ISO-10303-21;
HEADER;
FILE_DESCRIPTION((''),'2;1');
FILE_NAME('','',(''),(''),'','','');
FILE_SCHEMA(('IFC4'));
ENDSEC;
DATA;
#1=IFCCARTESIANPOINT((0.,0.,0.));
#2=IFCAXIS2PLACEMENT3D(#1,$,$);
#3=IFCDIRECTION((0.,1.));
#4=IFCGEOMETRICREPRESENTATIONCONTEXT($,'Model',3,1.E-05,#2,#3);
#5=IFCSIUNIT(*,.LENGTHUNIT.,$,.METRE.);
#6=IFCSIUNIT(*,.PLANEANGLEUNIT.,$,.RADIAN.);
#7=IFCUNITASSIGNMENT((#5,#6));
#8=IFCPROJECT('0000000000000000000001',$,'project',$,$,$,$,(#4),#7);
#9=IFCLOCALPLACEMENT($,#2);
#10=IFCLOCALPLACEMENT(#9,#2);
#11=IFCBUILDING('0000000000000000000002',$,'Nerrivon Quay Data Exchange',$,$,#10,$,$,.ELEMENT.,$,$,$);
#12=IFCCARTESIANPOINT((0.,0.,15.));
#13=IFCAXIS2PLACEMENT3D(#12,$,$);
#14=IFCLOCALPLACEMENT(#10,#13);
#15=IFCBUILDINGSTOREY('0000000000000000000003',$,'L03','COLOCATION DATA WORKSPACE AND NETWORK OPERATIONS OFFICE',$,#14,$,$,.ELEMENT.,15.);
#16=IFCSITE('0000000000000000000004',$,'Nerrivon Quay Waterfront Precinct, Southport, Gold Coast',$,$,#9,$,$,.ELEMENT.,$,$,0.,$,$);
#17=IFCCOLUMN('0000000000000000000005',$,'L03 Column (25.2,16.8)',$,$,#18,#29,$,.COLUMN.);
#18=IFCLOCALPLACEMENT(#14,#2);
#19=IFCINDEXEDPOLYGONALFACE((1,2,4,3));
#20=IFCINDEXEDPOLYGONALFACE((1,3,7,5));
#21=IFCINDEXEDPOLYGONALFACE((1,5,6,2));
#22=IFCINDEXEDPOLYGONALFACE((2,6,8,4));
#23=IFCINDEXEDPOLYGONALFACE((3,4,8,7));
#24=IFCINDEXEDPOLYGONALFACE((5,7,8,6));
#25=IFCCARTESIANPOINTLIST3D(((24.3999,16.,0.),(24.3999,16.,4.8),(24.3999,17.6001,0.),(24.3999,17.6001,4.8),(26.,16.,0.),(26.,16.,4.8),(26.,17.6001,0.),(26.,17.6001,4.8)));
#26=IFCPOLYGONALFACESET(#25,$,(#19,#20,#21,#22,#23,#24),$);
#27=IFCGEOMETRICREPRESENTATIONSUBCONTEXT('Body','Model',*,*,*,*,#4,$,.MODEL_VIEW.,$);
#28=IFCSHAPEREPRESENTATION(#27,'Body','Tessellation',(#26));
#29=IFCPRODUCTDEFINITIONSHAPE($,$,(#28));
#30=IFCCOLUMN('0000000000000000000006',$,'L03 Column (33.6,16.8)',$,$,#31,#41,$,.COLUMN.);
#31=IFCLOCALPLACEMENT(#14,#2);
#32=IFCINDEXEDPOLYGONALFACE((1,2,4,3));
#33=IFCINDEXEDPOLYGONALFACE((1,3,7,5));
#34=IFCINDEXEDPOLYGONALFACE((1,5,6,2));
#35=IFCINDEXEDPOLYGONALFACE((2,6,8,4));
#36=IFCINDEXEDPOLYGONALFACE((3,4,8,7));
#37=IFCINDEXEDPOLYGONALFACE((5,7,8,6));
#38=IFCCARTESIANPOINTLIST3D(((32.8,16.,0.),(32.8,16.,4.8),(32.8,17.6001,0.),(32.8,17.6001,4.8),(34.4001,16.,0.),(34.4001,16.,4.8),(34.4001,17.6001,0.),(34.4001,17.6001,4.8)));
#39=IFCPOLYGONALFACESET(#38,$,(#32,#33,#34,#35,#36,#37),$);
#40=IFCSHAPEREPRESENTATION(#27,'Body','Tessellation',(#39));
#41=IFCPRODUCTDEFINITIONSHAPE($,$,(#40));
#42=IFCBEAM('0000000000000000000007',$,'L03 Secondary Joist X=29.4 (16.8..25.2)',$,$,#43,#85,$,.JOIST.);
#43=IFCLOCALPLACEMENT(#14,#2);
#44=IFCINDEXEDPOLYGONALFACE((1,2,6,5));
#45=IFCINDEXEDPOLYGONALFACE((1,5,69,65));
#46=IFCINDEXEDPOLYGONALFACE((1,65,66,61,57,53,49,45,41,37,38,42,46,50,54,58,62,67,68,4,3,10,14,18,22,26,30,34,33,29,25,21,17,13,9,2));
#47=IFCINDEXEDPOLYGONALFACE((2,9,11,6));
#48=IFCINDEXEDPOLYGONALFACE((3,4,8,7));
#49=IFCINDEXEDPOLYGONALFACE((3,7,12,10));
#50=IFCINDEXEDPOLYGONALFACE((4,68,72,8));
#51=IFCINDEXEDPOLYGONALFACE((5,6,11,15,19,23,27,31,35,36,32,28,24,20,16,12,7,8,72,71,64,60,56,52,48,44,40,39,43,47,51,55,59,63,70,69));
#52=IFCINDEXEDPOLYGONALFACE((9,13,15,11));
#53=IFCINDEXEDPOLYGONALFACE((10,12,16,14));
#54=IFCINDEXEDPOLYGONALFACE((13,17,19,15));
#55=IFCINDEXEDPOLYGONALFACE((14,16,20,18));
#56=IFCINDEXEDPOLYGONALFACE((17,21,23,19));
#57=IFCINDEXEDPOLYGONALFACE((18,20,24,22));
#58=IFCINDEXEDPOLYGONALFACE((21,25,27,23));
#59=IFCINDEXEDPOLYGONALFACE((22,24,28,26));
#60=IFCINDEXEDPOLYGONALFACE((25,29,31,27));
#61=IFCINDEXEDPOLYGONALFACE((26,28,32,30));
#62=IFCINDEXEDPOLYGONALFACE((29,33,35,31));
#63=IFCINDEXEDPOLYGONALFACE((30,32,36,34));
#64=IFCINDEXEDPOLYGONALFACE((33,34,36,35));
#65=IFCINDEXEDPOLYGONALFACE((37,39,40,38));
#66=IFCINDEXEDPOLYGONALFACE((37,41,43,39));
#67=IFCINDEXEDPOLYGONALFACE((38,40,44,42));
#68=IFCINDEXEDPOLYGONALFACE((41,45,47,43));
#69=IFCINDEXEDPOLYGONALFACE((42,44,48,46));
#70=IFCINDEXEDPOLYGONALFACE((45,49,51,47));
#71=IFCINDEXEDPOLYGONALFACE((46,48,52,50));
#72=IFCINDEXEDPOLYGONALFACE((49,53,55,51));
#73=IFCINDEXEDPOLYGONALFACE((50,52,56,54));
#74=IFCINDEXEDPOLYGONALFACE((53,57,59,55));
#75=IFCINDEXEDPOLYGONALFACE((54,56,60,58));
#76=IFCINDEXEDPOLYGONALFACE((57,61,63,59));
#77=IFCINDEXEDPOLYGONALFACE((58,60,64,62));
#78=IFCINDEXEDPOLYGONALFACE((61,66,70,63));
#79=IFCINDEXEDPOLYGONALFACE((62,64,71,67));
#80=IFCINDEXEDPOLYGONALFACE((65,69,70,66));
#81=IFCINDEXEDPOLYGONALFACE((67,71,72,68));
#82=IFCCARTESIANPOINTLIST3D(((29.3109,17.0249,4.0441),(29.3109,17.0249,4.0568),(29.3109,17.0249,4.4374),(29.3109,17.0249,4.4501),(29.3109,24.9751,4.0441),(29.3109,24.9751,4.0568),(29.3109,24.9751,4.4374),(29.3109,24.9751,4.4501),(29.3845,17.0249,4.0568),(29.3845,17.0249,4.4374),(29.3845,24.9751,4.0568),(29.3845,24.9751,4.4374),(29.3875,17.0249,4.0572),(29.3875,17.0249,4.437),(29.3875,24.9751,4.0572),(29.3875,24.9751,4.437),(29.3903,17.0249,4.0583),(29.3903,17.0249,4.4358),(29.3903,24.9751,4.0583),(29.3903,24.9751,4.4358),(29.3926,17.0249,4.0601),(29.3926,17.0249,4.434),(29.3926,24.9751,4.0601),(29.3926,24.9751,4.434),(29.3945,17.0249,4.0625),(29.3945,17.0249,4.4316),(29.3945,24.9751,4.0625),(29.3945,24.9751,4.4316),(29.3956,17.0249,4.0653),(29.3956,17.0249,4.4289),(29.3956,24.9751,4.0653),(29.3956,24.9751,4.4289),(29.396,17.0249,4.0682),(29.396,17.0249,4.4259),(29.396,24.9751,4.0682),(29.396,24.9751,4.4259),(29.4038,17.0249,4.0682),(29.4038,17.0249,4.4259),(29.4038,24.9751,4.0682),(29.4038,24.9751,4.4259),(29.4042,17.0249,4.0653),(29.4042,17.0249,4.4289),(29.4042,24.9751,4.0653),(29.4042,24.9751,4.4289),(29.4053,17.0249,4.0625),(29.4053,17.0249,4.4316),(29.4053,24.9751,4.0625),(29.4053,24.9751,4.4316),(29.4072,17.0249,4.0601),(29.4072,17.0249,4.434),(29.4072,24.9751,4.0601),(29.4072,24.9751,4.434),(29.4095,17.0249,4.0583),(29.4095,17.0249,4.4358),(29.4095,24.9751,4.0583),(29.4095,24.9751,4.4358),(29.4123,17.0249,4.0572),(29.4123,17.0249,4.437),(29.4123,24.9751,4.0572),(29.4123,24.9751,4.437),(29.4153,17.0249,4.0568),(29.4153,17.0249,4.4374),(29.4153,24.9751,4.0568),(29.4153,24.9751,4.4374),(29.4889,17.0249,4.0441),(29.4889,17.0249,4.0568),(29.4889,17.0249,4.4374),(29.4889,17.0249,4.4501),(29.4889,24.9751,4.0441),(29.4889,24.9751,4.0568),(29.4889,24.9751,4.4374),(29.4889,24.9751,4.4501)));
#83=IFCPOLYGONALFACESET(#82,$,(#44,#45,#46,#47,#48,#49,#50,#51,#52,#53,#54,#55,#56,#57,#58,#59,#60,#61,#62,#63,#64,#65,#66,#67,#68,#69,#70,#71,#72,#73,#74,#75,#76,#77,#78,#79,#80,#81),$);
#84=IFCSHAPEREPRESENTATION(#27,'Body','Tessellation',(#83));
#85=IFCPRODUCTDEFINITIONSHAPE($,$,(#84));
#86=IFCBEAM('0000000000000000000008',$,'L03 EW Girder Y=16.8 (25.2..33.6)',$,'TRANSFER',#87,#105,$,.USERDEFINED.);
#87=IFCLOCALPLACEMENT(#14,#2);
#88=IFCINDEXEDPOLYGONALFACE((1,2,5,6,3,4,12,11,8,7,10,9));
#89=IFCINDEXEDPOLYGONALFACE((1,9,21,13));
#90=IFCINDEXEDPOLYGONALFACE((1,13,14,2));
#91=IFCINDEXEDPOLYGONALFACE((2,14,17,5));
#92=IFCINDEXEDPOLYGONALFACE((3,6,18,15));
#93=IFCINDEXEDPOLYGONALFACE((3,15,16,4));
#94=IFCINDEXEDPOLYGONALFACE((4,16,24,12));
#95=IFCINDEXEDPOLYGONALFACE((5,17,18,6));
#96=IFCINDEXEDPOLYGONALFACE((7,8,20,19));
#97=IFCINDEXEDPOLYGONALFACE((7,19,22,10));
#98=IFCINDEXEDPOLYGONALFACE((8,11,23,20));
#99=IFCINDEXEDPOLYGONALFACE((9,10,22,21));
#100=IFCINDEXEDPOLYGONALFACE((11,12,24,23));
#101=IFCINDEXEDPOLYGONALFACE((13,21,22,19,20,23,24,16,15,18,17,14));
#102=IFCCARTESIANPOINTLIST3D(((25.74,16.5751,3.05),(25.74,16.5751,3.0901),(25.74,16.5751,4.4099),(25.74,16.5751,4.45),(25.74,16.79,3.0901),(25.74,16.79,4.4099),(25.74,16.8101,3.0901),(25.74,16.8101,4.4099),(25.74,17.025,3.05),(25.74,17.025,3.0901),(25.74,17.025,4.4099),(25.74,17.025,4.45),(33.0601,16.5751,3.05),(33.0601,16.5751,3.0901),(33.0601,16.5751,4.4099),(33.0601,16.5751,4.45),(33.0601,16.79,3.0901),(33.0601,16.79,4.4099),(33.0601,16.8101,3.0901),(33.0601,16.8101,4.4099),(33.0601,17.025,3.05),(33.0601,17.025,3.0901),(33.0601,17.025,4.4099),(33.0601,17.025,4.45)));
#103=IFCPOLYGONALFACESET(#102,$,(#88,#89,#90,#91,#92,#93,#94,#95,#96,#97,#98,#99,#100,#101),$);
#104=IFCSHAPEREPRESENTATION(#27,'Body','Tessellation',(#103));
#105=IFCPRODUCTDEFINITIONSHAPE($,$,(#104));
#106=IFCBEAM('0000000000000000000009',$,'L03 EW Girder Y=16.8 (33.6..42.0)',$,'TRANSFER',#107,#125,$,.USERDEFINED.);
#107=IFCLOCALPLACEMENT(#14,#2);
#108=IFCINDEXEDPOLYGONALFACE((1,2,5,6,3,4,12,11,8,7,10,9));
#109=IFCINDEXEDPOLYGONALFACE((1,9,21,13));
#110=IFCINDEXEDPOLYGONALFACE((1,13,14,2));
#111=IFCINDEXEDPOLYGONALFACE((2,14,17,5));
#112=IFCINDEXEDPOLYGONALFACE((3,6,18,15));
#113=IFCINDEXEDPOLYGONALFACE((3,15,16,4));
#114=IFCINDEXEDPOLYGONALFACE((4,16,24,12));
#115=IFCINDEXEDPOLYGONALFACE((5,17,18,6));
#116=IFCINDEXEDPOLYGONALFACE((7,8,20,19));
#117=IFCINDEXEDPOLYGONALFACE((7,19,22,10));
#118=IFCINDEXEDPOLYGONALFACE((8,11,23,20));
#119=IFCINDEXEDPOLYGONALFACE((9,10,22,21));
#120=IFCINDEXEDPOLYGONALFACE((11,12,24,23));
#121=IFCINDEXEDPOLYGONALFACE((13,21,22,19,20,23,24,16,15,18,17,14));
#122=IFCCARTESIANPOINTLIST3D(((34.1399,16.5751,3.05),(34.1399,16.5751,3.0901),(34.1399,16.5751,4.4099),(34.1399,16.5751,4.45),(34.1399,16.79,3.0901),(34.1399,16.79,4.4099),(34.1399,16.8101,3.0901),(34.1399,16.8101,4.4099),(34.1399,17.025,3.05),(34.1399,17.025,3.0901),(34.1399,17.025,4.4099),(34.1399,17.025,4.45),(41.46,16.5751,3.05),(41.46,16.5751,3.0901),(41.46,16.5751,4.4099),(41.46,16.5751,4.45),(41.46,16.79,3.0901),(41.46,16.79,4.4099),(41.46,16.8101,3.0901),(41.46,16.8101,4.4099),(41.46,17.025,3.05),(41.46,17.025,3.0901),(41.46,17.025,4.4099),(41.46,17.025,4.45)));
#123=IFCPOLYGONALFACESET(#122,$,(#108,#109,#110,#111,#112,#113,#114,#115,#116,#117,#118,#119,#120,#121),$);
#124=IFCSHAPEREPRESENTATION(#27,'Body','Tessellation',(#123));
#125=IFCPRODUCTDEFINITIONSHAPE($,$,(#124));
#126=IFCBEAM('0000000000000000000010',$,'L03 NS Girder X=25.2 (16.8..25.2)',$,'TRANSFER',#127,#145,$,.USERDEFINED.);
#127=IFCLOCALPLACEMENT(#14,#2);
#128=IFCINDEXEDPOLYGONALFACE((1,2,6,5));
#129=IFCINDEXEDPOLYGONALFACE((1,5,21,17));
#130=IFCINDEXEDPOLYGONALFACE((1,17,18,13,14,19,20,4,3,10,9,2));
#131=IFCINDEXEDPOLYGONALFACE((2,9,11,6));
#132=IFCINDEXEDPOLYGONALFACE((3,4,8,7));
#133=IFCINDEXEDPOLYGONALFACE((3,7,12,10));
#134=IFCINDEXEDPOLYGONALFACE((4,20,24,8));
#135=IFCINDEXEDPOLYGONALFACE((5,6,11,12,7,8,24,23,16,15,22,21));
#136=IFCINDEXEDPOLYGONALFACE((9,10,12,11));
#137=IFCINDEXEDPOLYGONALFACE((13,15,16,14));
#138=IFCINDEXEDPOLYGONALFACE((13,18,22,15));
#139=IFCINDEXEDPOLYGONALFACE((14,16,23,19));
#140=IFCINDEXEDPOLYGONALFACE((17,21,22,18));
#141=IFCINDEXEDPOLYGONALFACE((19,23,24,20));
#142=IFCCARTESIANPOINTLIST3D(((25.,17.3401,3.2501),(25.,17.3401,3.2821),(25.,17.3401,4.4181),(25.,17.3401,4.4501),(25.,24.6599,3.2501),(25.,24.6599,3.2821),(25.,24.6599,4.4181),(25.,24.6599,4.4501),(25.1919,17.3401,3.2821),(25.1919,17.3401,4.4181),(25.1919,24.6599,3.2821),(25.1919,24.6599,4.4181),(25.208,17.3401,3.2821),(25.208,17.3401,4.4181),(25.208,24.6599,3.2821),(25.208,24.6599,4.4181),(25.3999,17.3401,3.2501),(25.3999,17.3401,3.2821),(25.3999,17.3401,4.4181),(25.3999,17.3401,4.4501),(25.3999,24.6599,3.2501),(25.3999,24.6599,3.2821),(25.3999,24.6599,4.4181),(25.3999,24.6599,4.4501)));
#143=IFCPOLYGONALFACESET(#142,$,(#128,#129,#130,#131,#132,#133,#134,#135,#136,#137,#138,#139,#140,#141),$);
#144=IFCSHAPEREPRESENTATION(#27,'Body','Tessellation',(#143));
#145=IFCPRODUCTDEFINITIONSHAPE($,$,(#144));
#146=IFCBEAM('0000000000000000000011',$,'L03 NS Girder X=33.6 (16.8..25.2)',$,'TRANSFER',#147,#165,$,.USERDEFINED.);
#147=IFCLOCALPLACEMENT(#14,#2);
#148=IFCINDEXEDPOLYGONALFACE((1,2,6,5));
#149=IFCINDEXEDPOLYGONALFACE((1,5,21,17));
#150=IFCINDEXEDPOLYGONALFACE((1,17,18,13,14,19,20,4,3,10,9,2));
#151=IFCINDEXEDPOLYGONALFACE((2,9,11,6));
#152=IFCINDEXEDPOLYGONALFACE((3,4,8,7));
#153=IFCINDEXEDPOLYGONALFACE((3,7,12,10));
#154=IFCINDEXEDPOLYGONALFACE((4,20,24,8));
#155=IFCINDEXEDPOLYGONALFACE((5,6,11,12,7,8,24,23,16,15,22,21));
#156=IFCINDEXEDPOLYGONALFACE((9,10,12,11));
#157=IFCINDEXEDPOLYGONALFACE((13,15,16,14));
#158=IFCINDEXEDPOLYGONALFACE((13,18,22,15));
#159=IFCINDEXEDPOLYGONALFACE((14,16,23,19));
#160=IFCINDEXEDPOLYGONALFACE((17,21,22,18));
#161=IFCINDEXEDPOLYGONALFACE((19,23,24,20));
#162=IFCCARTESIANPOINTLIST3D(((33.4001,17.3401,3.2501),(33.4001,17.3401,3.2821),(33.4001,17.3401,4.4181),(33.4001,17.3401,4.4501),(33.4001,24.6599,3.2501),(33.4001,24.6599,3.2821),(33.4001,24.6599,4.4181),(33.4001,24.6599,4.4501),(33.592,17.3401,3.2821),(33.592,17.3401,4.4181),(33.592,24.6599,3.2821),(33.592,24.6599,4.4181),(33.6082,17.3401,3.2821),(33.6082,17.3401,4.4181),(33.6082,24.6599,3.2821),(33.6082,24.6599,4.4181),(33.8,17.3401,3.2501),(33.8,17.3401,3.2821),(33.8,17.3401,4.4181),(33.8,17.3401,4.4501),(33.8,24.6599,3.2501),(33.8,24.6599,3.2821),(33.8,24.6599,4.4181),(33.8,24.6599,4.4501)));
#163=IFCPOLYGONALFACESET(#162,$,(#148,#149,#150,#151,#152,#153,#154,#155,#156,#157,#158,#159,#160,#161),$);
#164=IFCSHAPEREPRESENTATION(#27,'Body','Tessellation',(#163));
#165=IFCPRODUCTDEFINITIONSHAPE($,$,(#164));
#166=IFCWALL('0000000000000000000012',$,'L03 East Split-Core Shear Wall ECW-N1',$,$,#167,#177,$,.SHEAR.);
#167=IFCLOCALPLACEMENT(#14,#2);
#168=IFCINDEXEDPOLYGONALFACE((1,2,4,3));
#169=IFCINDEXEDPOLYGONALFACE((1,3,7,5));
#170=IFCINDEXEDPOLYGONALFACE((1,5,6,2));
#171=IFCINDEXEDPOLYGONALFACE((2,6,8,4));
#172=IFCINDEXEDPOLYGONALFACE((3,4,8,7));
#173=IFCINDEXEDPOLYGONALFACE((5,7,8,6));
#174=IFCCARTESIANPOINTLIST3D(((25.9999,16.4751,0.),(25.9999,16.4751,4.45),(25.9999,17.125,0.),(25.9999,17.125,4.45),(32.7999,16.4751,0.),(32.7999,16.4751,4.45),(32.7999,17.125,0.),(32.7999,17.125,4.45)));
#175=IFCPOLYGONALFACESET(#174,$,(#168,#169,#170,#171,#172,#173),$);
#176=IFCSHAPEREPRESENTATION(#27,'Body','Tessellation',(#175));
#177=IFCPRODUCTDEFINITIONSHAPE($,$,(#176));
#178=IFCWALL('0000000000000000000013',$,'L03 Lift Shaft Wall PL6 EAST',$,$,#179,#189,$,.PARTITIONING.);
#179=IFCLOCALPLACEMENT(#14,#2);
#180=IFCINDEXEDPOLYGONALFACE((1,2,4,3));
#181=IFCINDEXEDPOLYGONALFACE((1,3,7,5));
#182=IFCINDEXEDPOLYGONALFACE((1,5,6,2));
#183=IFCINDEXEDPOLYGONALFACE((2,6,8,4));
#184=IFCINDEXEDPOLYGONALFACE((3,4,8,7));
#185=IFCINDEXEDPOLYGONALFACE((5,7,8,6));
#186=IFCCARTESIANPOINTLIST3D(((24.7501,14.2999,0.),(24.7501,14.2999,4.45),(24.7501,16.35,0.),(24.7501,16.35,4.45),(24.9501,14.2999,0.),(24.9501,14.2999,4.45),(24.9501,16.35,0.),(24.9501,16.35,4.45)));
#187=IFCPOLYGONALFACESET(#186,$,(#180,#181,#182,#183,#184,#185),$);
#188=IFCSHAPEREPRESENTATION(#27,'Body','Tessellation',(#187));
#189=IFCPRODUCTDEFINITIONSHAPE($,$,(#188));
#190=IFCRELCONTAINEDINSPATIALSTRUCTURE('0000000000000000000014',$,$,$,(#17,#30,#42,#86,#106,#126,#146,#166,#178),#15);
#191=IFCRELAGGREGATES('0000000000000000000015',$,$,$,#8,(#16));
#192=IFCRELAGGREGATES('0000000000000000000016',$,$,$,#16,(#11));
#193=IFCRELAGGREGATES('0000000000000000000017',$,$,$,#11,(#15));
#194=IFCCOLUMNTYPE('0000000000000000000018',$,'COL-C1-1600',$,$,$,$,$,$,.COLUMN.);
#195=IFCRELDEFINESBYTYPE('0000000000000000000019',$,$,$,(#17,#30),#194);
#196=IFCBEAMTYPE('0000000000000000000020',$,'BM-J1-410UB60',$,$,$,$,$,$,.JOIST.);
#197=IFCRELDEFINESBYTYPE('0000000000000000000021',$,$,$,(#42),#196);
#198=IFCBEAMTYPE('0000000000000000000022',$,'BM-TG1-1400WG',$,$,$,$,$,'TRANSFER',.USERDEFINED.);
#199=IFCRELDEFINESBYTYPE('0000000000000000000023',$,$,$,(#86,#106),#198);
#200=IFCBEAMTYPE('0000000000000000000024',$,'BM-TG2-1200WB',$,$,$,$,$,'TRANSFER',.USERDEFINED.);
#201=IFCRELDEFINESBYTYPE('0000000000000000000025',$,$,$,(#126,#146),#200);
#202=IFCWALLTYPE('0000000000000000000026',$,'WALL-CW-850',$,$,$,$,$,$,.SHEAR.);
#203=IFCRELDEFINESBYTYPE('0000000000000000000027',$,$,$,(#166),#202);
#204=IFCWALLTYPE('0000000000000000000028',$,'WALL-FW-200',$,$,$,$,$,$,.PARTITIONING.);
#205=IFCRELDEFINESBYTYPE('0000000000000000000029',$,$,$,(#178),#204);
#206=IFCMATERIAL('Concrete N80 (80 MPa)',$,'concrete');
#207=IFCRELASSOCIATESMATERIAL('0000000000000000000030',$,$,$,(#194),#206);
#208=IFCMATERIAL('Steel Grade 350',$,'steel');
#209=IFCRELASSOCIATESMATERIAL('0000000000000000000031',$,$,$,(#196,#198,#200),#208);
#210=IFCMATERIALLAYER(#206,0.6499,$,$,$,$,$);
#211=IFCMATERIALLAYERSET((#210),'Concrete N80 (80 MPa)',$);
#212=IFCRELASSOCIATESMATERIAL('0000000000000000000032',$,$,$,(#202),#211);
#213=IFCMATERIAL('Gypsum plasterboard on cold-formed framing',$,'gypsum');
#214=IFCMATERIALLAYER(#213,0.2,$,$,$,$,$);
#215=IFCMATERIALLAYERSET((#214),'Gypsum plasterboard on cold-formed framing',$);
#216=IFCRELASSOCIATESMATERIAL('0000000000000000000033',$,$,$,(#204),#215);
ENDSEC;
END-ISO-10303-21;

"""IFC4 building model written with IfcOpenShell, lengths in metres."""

from ifc_helpers import new_model, si_unit, direction, frame, frame_2d, origin, origin_2d, place, context, subcontext, project, spatial, rectangle, i_section, extrude, material, layer, layer_set, material_profile, profile_set, type_object, element, save


model = new_model("IFC4")

# Units and contexts
model_context = context("Model", 3, precision=1e-05, world=origin(), true_north=direction((0.0, 1.0)))
body_context = subcontext(model_context, "Body", "Model", "MODEL_VIEW")
ifc_project = project(units=[si_unit("LENGTHUNIT", "METRE"), si_unit("PLANEANGLEUNIT", "RADIAN")], contexts=[model_context])

# Site, building, storey
site_placement = place(None, origin())
site = spatial("IfcSite", under=ifc_project, at=site_placement, Name="Nerrivon Quay Waterfront Precinct, Southport, Gold Coast", CompositionType="ELEMENT", RefElevation=0.0)
building_placement = place(site_placement, origin())
building = spatial("IfcBuilding", under=site, at=building_placement, Name="Nerrivon Quay Data Exchange", CompositionType="ELEMENT")
storey_placement = place(building_placement, frame((0.0, 0.0, 15.0)))
storey = spatial("IfcBuildingStorey", under=building, at=storey_placement, Name="L03", Description="COLOCATION DATA WORKSPACE AND NETWORK OPERATIONS OFFICE", CompositionType="ELEMENT", Elevation=15.0)

# Columns
ifc_material_1 = material(Name="Concrete N80 (80 MPa)", Category="concrete")
ifc_material_profile_1 = material_profile(ifc_material_1, rectangle(XDim=1.6001, YDim=1.6001, at=origin_2d()), Name="RC-COL-1600x1600")
ifc_profile_set_1 = profile_set([ifc_material_profile_1], Name="Concrete N80 (80 MPa)")
column_type = type_object("IfcColumnType", Name="COL-C1-1600", PredefinedType="COLUMN", material=ifc_profile_set_1)
for number, where, z_axis, x_axis, name in (
    (1, (25.2, 16.8, 0.0), (0.0, 0.0, 1.0), (1.0, 0.0, 0.0), "L03 Column (25.2,16.8)"),
    (2, (33.6001, 16.8, 0.0), (0.0, 0.0, 1.0), (1.0, 0.0, 0.0), "L03 Column (33.6,16.8)"),
):
    element("IfcColumn", number, at=place(storey_placement, frame(where, z_axis=z_axis, x_axis=x_axis)), inside=storey, type_object=column_type, Name=name, PredefinedType="COLUMN", context=body_context, shape_type="SweptSolid", body=[
        extrude(rectangle(XDim=1.6001, YDim=1.6001, at=origin_2d()), origin(), (0.0, 0.0, 1.0), 4.8),
    ])

# Beams
ifc_material_2 = material(Name="Steel Grade 350", Category="steel")
ifc_material_profile_2 = material_profile(ifc_material_2, i_section(OverallWidth=0.178, OverallDepth=0.406, WebThickness=0.0078, FlangeThickness=0.0127, FilletRadius=0.0115, at=origin_2d()), Name="410UB59.7")
ifc_profile_set_2 = profile_set([ifc_material_profile_2], Name="Steel Grade 350")
beam_type_1 = type_object("IfcBeamType", Name="BM-J1-410UB60", PredefinedType="JOIST", material=ifc_profile_set_2)
beam_placement = place(storey_placement, frame((29.3999, 17.0249, 4.2471), z_axis=(0.0, 1.0, 0.0), x_axis=(-1.0, 0.0, 0.0)))
element("IfcBeam", 3, at=beam_placement, inside=storey, type_object=beam_type_1, Name="L03 Secondary Joist X=29.4 (16.8..25.2)", PredefinedType="JOIST", context=body_context, shape_type="SweptSolid", body=[
    extrude(i_section(OverallWidth=0.178, OverallDepth=0.406, WebThickness=0.0078, FlangeThickness=0.0127, FilletRadius=0.0115, at=origin_2d()), origin(), (0.0, 0.0, 1.0), 7.9502),
])
ifc_material_profile_3 = material_profile(ifc_material_2, i_section(OverallWidth=0.45, OverallDepth=1.3999, WebThickness=0.02, FlangeThickness=0.04, at=origin_2d()), Name="1400WG455")
ifc_profile_set_3 = profile_set([ifc_material_profile_3], Name="Steel Grade 350")
beam_type_2 = type_object("IfcBeamType", Name="BM-TG1-1400WG", ElementType="TRANSFER", PredefinedType="USERDEFINED", material=ifc_profile_set_3)
for number, where, z_axis, x_axis, name in (
    (4, (25.74, 16.8, 3.75), (1.0, 0.0, 0.0), (0.0, 1.0, 0.0), "L03 EW Girder Y=16.8 (25.2..33.6)"),
    (5, (34.1399, 16.8, 3.75), (1.0, 0.0, 0.0), (0.0, 1.0, 0.0), "L03 EW Girder Y=16.8 (33.6..42.0)"),
):
    element("IfcBeam", number, at=place(storey_placement, frame(where, z_axis=z_axis, x_axis=x_axis)), inside=storey, type_object=beam_type_2, Name=name, ObjectType="TRANSFER", PredefinedType="USERDEFINED", context=body_context, shape_type="SweptSolid", body=[
        extrude(i_section(OverallWidth=0.45, OverallDepth=1.3999, WebThickness=0.02, FlangeThickness=0.04, at=origin_2d()), origin(), (0.0, 0.0, 1.0), 7.3201),
    ])
ifc_material_profile_4 = material_profile(ifc_material_2, i_section(OverallWidth=0.3999, OverallDepth=1.2, WebThickness=0.0161, FlangeThickness=0.032, at=origin_2d()), Name="1200WB342")
ifc_profile_set_4 = profile_set([ifc_material_profile_4], Name="Steel Grade 350")
beam_type_3 = type_object("IfcBeamType", Name="BM-TG2-1200WB", ElementType="TRANSFER", PredefinedType="USERDEFINED", material=ifc_profile_set_4)
for number, where, z_axis, x_axis, name in (
    (6, (25.2, 17.3401, 3.8501), (0.0, 1.0, 0.0), (-1.0, 0.0, 0.0), "L03 NS Girder X=25.2 (16.8..25.2)"),
    (7, (33.6001, 17.3401, 3.8501), (0.0, 1.0, 0.0), (-1.0, 0.0, 0.0), "L03 NS Girder X=33.6 (16.8..25.2)"),
):
    element("IfcBeam", number, at=place(storey_placement, frame(where, z_axis=z_axis, x_axis=x_axis)), inside=storey, type_object=beam_type_3, Name=name, ObjectType="TRANSFER", PredefinedType="USERDEFINED", context=body_context, shape_type="SweptSolid", body=[
        extrude(i_section(OverallWidth=0.3999, OverallDepth=1.2, WebThickness=0.0161, FlangeThickness=0.032, at=origin_2d()), origin(), (0.0, 0.0, 1.0), 7.3198),
    ])

# Walls
ifc_layer_1 = layer(ifc_material_1, 0.6499)
ifc_layer_set_1 = layer_set([ifc_layer_1], Name="Concrete N80 (80 MPa)")
wall_type_1 = type_object("IfcWallType", Name="WALL-CW-850", PredefinedType="SHEAR", material=ifc_layer_set_1)
wall_1_placement = place(storey_placement, frame((26.0, 16.8, 0.0), z_axis=(0.0, 0.0, 1.0), x_axis=(1.0, 0.0, 0.0)))
element("IfcWall", 8, at=wall_1_placement, inside=storey, type_object=wall_type_1, Name="L03 East Split-Core Shear Wall ECW-N1", PredefinedType="SHEAR", context=body_context, shape_type="SweptSolid", body=[
    extrude(rectangle(XDim=6.8, YDim=0.6499, at=frame_2d((3.3999, 0.0))), origin(), (0.0, 0.0, 1.0), 4.45),
])
ifc_material_3 = material(Name="Gypsum plasterboard on cold-formed framing", Category="gypsum")
ifc_layer_2 = layer(ifc_material_3, 0.2)
ifc_layer_set_2 = layer_set([ifc_layer_2], Name="Gypsum plasterboard on cold-formed framing")
wall_type_2 = type_object("IfcWallType", Name="WALL-FW-200", PredefinedType="PARTITIONING", material=ifc_layer_set_2)
wall_2_placement = place(storey_placement, frame((24.8501, 14.3, 0.0), z_axis=(0.0, 0.0, 1.0), x_axis=(0.0, 1.0, 0.0)))
element("IfcWall", 9, at=wall_2_placement, inside=storey, type_object=wall_type_2, Name="L03 Lift Shaft Wall PL6 EAST", PredefinedType="PARTITIONING", context=body_context, shape_type="SweptSolid", body=[
    extrude(rectangle(XDim=2.05, YDim=0.2, at=frame_2d((1.0249, 0.0))), origin(), (0.0, 0.0, 1.0), 4.45),
])

save(model, "model.ifc")
